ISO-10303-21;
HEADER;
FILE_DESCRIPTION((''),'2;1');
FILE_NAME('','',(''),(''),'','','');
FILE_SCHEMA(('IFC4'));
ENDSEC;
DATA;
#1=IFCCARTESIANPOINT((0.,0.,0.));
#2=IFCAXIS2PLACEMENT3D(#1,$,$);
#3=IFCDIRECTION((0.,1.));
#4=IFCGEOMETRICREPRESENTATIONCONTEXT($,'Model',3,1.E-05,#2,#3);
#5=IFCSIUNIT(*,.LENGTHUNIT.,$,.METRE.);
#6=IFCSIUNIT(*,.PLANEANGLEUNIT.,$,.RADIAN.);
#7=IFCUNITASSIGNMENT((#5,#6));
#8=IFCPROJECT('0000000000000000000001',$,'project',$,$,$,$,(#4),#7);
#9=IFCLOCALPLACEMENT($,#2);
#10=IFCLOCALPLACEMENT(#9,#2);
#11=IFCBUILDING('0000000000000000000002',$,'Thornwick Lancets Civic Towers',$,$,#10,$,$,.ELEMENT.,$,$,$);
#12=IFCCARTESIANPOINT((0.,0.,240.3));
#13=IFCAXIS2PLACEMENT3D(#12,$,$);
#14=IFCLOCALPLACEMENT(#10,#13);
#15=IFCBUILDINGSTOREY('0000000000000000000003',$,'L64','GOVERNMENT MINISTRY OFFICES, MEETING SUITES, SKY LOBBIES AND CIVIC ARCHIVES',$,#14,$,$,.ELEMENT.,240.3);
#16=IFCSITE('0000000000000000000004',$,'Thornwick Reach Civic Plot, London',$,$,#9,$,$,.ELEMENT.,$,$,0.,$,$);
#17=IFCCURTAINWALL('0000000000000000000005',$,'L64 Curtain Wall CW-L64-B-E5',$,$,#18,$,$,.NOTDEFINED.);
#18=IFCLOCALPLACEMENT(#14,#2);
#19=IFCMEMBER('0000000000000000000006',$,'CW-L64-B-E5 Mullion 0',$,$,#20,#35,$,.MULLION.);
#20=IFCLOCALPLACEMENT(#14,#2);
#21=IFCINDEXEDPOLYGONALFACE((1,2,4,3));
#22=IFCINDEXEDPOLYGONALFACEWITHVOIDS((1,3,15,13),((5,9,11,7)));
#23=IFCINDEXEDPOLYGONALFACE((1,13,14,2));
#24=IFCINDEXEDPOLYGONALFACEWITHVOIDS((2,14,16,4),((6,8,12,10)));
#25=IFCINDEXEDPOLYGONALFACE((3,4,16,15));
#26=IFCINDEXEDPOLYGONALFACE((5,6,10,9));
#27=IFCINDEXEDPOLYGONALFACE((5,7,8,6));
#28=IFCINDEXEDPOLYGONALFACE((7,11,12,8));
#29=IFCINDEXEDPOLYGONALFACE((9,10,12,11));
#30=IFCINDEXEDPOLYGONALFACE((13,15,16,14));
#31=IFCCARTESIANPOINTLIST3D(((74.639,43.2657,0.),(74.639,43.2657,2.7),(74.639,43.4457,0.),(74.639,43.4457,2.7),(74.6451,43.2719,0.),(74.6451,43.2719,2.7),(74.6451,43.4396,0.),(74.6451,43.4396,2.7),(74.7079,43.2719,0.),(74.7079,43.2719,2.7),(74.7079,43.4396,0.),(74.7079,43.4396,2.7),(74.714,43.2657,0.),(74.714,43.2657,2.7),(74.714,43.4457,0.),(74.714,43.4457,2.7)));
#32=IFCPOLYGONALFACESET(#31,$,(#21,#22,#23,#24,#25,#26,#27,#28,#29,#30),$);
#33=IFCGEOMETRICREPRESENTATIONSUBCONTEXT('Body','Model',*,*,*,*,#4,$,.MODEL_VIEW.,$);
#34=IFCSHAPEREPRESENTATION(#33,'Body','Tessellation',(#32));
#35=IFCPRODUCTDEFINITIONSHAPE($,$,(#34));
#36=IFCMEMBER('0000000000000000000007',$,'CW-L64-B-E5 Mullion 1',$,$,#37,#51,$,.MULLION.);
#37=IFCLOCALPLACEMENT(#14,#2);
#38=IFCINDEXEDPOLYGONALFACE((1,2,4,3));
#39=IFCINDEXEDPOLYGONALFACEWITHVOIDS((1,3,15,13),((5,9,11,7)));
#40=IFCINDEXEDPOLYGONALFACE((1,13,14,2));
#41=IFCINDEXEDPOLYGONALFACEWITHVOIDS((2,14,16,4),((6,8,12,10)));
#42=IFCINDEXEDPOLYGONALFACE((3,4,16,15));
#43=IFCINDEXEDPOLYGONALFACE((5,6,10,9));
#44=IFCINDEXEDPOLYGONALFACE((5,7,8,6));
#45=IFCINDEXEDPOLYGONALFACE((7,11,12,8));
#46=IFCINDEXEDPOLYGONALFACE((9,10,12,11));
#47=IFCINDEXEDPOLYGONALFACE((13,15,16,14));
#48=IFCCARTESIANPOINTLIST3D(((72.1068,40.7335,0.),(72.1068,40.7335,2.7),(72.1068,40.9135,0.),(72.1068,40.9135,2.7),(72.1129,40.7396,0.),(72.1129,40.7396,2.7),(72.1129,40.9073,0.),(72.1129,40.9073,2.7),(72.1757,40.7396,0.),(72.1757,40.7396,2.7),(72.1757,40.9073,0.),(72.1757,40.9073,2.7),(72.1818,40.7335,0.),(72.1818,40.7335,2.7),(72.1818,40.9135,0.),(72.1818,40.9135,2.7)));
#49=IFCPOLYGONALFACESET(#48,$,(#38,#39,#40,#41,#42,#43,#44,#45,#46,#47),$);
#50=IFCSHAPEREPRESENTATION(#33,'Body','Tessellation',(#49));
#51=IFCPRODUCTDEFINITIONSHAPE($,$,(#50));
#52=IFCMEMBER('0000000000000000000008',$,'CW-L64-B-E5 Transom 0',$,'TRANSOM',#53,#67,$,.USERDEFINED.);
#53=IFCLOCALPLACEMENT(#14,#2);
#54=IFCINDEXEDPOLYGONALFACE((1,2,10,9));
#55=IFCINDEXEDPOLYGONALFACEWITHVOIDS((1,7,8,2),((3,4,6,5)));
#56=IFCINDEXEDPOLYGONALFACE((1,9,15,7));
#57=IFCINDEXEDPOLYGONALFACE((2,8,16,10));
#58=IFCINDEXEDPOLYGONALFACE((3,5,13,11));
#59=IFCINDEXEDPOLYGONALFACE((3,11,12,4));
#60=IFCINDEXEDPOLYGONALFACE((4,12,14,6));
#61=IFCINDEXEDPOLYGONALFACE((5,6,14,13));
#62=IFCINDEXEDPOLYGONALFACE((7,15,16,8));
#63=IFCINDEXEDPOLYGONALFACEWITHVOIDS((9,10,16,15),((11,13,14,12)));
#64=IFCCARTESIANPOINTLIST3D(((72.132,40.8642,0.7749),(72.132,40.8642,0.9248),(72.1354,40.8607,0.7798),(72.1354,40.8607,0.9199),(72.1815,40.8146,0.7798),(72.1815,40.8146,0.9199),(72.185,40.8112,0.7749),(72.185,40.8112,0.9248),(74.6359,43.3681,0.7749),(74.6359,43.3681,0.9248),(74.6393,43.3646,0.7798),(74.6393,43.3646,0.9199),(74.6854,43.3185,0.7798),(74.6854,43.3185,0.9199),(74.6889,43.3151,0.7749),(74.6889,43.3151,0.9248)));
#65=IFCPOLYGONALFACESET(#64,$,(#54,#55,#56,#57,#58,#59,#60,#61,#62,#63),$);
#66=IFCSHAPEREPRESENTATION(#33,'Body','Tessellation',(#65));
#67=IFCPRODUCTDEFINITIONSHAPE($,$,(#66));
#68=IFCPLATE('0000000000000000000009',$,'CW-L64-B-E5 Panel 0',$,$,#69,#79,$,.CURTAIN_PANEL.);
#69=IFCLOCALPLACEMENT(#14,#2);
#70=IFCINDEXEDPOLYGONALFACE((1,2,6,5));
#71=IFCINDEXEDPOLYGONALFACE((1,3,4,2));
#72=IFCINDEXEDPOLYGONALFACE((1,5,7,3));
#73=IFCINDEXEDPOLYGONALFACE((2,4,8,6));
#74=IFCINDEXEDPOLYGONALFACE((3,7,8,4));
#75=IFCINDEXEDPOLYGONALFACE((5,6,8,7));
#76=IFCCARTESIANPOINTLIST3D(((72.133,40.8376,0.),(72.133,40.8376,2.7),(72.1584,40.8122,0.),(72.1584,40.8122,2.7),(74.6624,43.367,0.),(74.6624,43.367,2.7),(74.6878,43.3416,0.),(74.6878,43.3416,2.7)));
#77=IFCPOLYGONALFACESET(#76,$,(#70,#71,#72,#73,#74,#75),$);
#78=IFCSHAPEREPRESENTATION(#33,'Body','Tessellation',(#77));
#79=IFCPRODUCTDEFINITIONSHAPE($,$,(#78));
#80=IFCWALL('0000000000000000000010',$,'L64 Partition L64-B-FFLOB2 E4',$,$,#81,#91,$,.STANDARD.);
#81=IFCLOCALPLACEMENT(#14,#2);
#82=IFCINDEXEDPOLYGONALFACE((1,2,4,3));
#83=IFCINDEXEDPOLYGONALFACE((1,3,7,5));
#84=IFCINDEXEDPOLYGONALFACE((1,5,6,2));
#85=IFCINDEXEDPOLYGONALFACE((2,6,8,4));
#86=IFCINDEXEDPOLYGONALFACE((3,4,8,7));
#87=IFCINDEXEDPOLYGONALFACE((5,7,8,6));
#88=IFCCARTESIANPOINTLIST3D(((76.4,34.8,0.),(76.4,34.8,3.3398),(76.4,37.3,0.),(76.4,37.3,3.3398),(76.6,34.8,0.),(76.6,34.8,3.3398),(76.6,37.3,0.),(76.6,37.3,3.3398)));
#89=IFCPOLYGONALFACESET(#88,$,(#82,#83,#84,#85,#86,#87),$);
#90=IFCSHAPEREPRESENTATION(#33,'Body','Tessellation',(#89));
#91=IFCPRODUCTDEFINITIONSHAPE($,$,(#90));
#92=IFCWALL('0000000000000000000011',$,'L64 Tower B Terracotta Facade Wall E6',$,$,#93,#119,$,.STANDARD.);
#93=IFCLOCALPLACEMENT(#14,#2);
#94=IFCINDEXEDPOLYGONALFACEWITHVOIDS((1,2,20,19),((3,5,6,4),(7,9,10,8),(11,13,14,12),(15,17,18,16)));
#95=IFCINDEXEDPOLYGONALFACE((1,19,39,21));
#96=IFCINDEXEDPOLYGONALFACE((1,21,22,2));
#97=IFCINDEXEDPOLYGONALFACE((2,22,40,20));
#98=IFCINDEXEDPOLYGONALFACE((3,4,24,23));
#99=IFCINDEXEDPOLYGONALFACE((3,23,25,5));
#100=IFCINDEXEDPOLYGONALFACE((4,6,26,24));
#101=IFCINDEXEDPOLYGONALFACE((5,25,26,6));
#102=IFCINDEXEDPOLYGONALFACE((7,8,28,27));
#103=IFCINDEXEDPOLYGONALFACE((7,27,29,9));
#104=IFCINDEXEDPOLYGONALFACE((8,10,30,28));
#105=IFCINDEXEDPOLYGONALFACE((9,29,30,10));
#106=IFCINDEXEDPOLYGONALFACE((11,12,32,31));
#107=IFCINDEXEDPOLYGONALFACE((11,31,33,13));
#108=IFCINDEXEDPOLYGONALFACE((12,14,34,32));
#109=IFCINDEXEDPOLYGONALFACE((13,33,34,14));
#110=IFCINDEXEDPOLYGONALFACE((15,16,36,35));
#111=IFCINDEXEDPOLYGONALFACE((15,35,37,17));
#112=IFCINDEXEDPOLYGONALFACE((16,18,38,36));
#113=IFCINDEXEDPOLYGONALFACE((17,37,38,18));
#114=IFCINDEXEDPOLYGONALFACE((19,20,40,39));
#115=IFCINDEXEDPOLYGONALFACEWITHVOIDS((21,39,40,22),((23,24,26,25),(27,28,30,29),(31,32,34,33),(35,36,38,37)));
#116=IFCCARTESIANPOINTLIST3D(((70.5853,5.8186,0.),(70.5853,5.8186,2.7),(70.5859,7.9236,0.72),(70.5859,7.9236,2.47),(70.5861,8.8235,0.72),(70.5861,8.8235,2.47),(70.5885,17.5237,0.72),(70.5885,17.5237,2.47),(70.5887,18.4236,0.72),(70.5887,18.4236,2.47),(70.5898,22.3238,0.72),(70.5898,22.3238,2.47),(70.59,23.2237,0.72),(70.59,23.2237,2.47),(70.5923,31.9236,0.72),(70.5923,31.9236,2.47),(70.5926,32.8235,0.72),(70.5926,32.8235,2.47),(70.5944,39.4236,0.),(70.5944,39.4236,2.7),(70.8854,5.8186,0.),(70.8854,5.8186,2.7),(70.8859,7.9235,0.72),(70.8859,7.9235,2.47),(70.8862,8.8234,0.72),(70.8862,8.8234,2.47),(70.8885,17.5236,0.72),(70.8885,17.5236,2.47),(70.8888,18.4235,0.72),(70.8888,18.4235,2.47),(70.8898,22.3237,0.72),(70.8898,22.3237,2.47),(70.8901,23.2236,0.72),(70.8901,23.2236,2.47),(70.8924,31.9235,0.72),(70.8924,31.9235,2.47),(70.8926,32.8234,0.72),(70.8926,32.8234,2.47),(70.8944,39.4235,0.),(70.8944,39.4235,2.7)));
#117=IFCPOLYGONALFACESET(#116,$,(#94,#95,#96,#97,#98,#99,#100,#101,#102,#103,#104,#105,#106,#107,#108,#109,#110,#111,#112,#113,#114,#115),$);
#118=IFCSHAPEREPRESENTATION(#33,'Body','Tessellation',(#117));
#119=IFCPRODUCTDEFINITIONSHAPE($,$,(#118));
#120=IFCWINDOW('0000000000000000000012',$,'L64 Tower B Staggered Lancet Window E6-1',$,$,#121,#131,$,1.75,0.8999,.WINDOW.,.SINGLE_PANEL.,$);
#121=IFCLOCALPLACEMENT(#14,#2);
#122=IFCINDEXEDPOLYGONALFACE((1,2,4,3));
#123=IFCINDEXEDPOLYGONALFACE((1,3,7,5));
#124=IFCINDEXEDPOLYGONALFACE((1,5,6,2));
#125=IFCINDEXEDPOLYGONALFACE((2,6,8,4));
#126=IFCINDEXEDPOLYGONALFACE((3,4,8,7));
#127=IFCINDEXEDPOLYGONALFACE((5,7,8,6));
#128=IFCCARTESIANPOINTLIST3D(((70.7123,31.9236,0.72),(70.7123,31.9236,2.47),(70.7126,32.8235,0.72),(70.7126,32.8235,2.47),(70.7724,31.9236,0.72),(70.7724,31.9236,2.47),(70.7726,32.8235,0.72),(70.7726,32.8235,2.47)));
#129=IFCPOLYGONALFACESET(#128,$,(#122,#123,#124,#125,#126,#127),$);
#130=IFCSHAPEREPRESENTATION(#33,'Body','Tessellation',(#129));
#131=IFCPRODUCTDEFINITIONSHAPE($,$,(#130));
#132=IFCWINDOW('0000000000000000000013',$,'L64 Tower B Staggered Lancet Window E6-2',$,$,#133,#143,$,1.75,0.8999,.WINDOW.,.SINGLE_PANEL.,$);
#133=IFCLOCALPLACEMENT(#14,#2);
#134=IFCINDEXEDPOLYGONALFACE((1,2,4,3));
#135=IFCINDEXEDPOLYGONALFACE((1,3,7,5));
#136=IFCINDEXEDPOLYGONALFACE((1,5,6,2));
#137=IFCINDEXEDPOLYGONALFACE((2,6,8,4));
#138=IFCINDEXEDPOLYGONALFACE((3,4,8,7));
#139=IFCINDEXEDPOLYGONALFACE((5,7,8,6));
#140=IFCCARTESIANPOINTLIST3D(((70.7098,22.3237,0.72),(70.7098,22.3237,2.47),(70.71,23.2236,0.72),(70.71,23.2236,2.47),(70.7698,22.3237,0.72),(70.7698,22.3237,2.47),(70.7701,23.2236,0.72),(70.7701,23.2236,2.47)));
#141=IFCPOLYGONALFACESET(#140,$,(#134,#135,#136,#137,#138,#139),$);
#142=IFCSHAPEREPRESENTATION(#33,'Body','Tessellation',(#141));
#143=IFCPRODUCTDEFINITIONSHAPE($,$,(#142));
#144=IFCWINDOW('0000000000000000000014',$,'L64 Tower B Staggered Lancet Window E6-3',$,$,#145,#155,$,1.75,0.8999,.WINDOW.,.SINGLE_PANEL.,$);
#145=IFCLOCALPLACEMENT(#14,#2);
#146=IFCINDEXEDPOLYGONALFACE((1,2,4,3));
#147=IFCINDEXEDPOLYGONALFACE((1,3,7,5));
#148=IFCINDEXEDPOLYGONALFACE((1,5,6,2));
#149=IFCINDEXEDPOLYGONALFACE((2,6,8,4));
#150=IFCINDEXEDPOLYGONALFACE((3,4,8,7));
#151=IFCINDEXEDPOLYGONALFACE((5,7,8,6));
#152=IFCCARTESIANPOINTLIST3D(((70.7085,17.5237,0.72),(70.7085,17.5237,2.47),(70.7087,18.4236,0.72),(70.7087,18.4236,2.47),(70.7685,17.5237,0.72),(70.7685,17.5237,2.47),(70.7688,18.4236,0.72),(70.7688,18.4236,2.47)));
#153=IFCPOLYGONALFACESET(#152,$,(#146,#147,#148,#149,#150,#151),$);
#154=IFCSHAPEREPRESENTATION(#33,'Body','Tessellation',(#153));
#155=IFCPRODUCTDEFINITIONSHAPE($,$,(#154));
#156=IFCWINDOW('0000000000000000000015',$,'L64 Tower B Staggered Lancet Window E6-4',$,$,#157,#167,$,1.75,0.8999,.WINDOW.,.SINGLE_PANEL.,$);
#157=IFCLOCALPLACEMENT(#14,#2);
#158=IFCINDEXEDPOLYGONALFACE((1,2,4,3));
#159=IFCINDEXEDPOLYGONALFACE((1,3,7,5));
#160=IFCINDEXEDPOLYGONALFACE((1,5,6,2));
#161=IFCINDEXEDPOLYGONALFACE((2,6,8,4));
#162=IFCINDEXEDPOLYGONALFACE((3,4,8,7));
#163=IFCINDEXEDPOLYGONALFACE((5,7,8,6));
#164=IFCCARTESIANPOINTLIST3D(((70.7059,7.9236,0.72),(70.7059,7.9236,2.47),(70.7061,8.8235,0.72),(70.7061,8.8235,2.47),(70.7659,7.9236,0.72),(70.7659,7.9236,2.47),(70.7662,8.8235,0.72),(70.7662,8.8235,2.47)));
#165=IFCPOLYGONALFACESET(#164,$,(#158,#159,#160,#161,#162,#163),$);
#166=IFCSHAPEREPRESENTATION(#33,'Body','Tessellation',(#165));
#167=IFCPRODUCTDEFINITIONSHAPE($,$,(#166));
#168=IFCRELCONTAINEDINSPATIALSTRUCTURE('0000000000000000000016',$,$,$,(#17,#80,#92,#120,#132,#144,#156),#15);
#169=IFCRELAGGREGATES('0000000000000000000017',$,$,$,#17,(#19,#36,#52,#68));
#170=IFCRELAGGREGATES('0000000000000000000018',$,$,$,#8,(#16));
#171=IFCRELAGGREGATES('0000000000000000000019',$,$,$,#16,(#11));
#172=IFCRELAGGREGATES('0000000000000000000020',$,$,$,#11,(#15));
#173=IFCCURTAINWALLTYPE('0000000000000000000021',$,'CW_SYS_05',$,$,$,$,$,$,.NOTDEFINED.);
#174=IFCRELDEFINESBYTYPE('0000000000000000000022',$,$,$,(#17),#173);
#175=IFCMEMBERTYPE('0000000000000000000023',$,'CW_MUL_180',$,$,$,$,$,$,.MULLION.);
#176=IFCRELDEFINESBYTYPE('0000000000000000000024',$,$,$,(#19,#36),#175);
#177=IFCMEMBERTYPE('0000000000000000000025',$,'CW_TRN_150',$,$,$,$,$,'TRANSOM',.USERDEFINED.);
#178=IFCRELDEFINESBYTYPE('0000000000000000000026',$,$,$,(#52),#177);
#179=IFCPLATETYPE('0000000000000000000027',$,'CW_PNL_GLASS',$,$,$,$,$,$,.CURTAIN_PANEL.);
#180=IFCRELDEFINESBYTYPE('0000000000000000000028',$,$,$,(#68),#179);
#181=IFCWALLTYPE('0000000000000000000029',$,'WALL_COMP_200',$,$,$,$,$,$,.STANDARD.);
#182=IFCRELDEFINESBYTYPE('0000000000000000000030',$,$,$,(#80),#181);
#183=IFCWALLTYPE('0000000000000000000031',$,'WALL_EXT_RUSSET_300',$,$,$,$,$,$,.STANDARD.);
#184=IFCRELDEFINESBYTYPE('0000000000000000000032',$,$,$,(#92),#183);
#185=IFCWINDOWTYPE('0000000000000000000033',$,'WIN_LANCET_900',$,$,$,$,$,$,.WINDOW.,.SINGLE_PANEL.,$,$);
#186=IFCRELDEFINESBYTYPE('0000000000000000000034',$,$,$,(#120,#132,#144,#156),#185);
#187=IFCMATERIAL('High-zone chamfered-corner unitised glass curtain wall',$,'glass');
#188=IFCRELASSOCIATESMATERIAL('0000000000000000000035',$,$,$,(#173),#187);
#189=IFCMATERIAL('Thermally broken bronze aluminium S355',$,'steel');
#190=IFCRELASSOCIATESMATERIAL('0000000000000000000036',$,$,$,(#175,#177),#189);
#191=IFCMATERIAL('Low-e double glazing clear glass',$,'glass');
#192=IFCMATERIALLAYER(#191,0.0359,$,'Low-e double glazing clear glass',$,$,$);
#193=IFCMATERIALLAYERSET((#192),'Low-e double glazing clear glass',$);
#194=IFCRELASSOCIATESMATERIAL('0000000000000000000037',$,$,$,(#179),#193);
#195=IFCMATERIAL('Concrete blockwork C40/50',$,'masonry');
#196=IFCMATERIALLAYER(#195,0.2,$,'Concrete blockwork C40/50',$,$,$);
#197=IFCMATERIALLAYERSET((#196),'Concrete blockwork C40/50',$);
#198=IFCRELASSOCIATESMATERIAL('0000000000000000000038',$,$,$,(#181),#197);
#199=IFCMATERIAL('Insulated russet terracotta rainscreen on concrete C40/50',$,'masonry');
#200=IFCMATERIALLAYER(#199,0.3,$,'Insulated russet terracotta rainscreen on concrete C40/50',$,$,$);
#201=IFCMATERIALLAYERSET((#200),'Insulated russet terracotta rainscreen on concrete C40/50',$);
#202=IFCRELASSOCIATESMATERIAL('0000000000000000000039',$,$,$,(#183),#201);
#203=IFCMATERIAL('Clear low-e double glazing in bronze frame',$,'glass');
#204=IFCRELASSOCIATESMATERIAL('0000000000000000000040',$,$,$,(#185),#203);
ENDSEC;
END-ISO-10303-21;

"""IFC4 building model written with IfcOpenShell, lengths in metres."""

from ifc_helpers import new_model, si_unit, direction, frame, frame_2d, origin, origin_2d, place, context, subcontext, project, spatial, rectangle, hollow_rectangle, extrude, material, layer, layer_set, material_profile, profile_set, type_object, element, fill, aggregate, save


model = new_model("IFC4")

# Units and contexts
model_context = context("Model", 3, precision=1e-05, world=origin(), true_north=direction((0.0, 1.0)))
body_context = subcontext(model_context, "Body", "Model", "MODEL_VIEW")
ifc_project = project(units=[si_unit("LENGTHUNIT", "METRE"), si_unit("PLANEANGLEUNIT", "RADIAN")], contexts=[model_context])

# Site, building, storey
site_placement = place(None, origin())
site = spatial("IfcSite", under=ifc_project, at=site_placement, Name="Thornwick Reach Civic Plot, London", CompositionType="ELEMENT", RefElevation=0.0)
building_placement = place(site_placement, origin())
building = spatial("IfcBuilding", under=site, at=building_placement, Name="Thornwick Lancets Civic Towers", CompositionType="ELEMENT")
storey_placement = place(building_placement, frame((0.0, 0.0, 240.3)))
storey = spatial("IfcBuildingStorey", under=building, at=storey_placement, Name="L64", Description="GOVERNMENT MINISTRY OFFICES, MEETING SUITES, SKY LOBBIES AND CIVIC ARCHIVES", CompositionType="ELEMENT", Elevation=240.3)

# Curtain wall, members, plate
ifc_material_1 = material(Name="High-zone chamfered-corner unitised glass curtain wall", Category="glass")
curtain_wall_type = type_object("IfcCurtainWallType", Name="CW_SYS_05", PredefinedType="NOTDEFINED", material=ifc_material_1)
curtain_wall_placement = place(storey_placement, origin())
curtain_wall = element("IfcCurtainWall", 1, at=curtain_wall_placement, inside=storey, type_object=curtain_wall_type, Name="L64 Curtain Wall CW-L64-B-E5", PredefinedType="NOTDEFINED")
ifc_material_2 = material(Name="Thermally broken bronze aluminium S355", Category="steel")
ifc_material_profile_1 = material_profile(ifc_material_2, hollow_rectangle(XDim=0.075, YDim=0.1799, WallThickness=0.0061, at=origin_2d()), Name="RHS 180x75x6")
ifc_profile_set_1 = profile_set([ifc_material_profile_1], Name="Thermally broken bronze aluminium S355")
member_type_1 = type_object("IfcMemberType", Name="CW_MUL_180", PredefinedType="MULLION", material=ifc_profile_set_1)
member_1_placement = place(storey_placement, frame((74.6765, 43.3557, 0.0), z_axis=(0.0, 0.0, 1.0), x_axis=(1.0, 0.0, 0.0)))
member_1 = element("IfcMember", 2, at=member_1_placement, type_object=member_type_1, Name="CW-L64-B-E5 Mullion 0", PredefinedType="MULLION", context=body_context, shape_type="SweptSolid", body=[
    extrude(hollow_rectangle(XDim=0.075, YDim=0.1799, WallThickness=0.0061, at=origin_2d()), origin(), (0.0, 0.0, 1.0), 2.7),
])
member_2_placement = place(storey_placement, frame((72.1443, 40.8235, 0.0), z_axis=(0.0, 0.0, 1.0), x_axis=(1.0, 0.0, 0.0)))
member_2 = element("IfcMember", 3, at=member_2_placement, type_object=member_type_1, Name="CW-L64-B-E5 Mullion 1", PredefinedType="MULLION", context=body_context, shape_type="SweptSolid", body=[
    extrude(hollow_rectangle(XDim=0.075, YDim=0.1799, WallThickness=0.0061, at=origin_2d()), origin(), (0.0, 0.0, 1.0), 2.7),
])
ifc_material_profile_2 = material_profile(ifc_material_2, hollow_rectangle(XDim=0.075, YDim=0.1499, WallThickness=0.0049, at=origin_2d()), Name="RHS 150x75x5")
ifc_profile_set_2 = profile_set([ifc_material_profile_2], Name="Thermally broken bronze aluminium S355")
member_type_2 = type_object("IfcMemberType", Name="CW_TRN_150", ElementType="TRANSOM", PredefinedType="USERDEFINED", material=ifc_profile_set_2)
member_3_placement = place(storey_placement, frame((74.6624, 43.3416, 0.8499), z_axis=(-0.707107, -0.707107, 0.0), x_axis=(0.707107, -0.707107, 0.0)))
member_3 = element("IfcMember", 4, at=member_3_placement, type_object=member_type_2, Name="CW-L64-B-E5 Transom 0", ObjectType="TRANSOM", PredefinedType="USERDEFINED", context=body_context, shape_type="SweptSolid", body=[
    extrude(hollow_rectangle(XDim=0.075, YDim=0.1499, WallThickness=0.0049, at=origin_2d()), origin(), (0.0, 0.0, 1.0), 3.541),
])
ifc_material_3 = material(Name="Low-e double glazing clear glass", Category="glass")
ifc_layer_1 = layer(ifc_material_3, 0.0359, Name="Low-e double glazing clear glass")
ifc_layer_set_1 = layer_set([ifc_layer_1], Name="Low-e double glazing clear glass")
plate_type = type_object("IfcPlateType", Name="CW_PNL_GLASS", PredefinedType="CURTAIN_PANEL", material=ifc_layer_set_1)
plate_placement = place(storey_placement, frame((73.4104, 42.0896, 0.0), z_axis=(0.0, 0.0, 1.0), x_axis=(-0.707107, -0.707107, 0.0)))
plate = element("IfcPlate", 5, at=plate_placement, type_object=plate_type, Name="CW-L64-B-E5 Panel 0", PredefinedType="CURTAIN_PANEL", context=body_context, shape_type="SweptSolid", body=[
    extrude(rectangle(XDim=3.5771, YDim=0.0359, at=origin_2d()), origin(), (0.0, 0.0, 1.0), 2.7),
])
aggregate(curtain_wall, [member_1, member_2, member_3, plate])

# Wall
ifc_material_4 = material(Name="Concrete blockwork C40/50", Category="masonry")
ifc_layer_2 = layer(ifc_material_4, 0.2, Name="Concrete blockwork C40/50")
ifc_layer_set_2 = layer_set([ifc_layer_2], Name="Concrete blockwork C40/50")
wall_type_1 = type_object("IfcWallType", Name="WALL_COMP_200", PredefinedType="STANDARD", material=ifc_layer_set_2)
wall_1_placement = place(storey_placement, frame((76.5, 37.3, 0.0), z_axis=(0.0, 0.0, 1.0), x_axis=(0.0, -1.0, 0.0)))
element("IfcWall", 6, at=wall_1_placement, inside=storey, type_object=wall_type_1, Name="L64 Partition L64-B-FFLOB2 E4", PredefinedType="STANDARD", context=body_context, shape_type="SweptSolid", body=[
    extrude(rectangle(XDim=2.5, YDim=0.2, at=frame_2d((1.25, 0.0))), origin(), (0.0, 0.0, 1.0), 3.3398),
])

# Wall, openings, windows
ifc_material_5 = material(Name="Insulated russet terracotta rainscreen on concrete C40/50", Category="masonry")
ifc_layer_3 = layer(ifc_material_5, 0.3, Name="Insulated russet terracotta rainscreen on concrete C40/50")
ifc_layer_set_3 = layer_set([ifc_layer_3], Name="Insulated russet terracotta rainscreen on concrete C40/50")
wall_type_2 = type_object("IfcWallType", Name="WALL_EXT_RUSSET_300", PredefinedType="STANDARD", material=ifc_layer_set_3)
wall_2_placement = place(storey_placement, frame((70.7444, 39.4236, 0.0), z_axis=(0.0, 0.0, 1.0), x_axis=(-0.000269, -1.0, 0.0)))
wall_2 = element("IfcWall", 7, at=wall_2_placement, inside=storey, type_object=wall_type_2, Name="L64 Tower B Terracotta Facade Wall E6", PredefinedType="STANDARD", context=body_context, shape_type="SweptSolid", body=[
    extrude(rectangle(XDim=33.605, YDim=0.3, at=frame_2d((16.8025, 0.0))), origin(), (0.0, 0.0, 1.0), 2.7),
])
opening_1_placement = place(wall_2_placement, frame((6.6001, 0.0, 0.72)))
opening_1 = element("IfcOpeningElement", 8, at=opening_1_placement, cuts=wall_2, PredefinedType="OPENING", context=body_context, shape_type="SweptSolid", body=[
    extrude(rectangle(XDim=0.8999, YDim=1.75, at=frame_2d((0.45, 0.875))), frame((0.0, 0.1602, 0.0), z_axis=(0.0, -1.0, 0.0), x_axis=(1.0, 0.0, 0.0)), (0.0, 0.0, 1.0), 0.3201),
])
opening_2_placement = place(wall_2_placement, frame((16.2, 0.0, 0.72)))
opening_2 = element("IfcOpeningElement", 9, at=opening_2_placement, cuts=wall_2, PredefinedType="OPENING", context=body_context, shape_type="SweptSolid", body=[
    extrude(rectangle(XDim=0.8999, YDim=1.75, at=frame_2d((0.45, 0.875))), frame((0.0, 0.1602, 0.0), z_axis=(0.0, -1.0, 0.0), x_axis=(1.0, 0.0, 0.0)), (0.0, 0.0, 1.0), 0.3201),
])
opening_3_placement = place(wall_2_placement, frame((21.0, 0.0, 0.72)))
opening_3 = element("IfcOpeningElement", 10, at=opening_3_placement, cuts=wall_2, PredefinedType="OPENING", context=body_context, shape_type="SweptSolid", body=[
    extrude(rectangle(XDim=0.8999, YDim=1.75, at=frame_2d((0.45, 0.875))), frame((0.0, 0.1602, 0.0), z_axis=(0.0, -1.0, 0.0), x_axis=(1.0, 0.0, 0.0)), (0.0, 0.0, 1.0), 0.3201),
])
opening_4_placement = place(wall_2_placement, frame((30.6001, 0.0, 0.72)))
opening_4 = element("IfcOpeningElement", 11, at=opening_4_placement, cuts=wall_2, PredefinedType="OPENING", context=body_context, shape_type="SweptSolid", body=[
    extrude(rectangle(XDim=0.8999, YDim=1.75, at=frame_2d((0.45, 0.875))), frame((0.0, 0.1602, 0.0), z_axis=(0.0, -1.0, 0.0), x_axis=(1.0, 0.0, 0.0)), (0.0, 0.0, 1.0), 0.3201),
])
ifc_material_6 = material(Name="Clear low-e double glazing in bronze frame", Category="glass")
window_type = type_object("IfcWindowType", Name="WIN_LANCET_900", PartitioningType="SINGLE_PANEL", PredefinedType="WINDOW", material=ifc_material_6)
window_1_placement = place(opening_1_placement, origin())
window_1 = element("IfcWindow", 12, at=window_1_placement, inside=storey, type_object=window_type, Name="L64 Tower B Staggered Lancet Window E6-1", OverallHeight=1.75, OverallWidth=0.8999, PartitioningType="SINGLE_PANEL", PredefinedType="WINDOW", context=body_context, shape_type="SweptSolid", body=[
    extrude(rectangle(XDim=0.8999, YDim=1.75, at=frame_2d((0.45, 0.875))), frame((0.0, 0.03, 0.0), z_axis=(0.0, -1.0, 0.0), x_axis=(1.0, 0.0, 0.0)), (0.0, 0.0, 1.0), 0.0601),
])
fill(opening_1, window_1)
window_2_placement = place(opening_2_placement, origin())
window_2 = element("IfcWindow", 13, at=window_2_placement, inside=storey, type_object=window_type, Name="L64 Tower B Staggered Lancet Window E6-2", OverallHeight=1.75, OverallWidth=0.8999, PartitioningType="SINGLE_PANEL", PredefinedType="WINDOW", context=body_context, shape_type="SweptSolid", body=[
    extrude(rectangle(XDim=0.8999, YDim=1.75, at=frame_2d((0.45, 0.875))), frame((0.0, 0.03, 0.0), z_axis=(0.0, -1.0, 0.0), x_axis=(1.0, 0.0, 0.0)), (0.0, 0.0, 1.0), 0.0601),
])
fill(opening_2, window_2)
window_3_placement = place(opening_3_placement, origin())
window_3 = element("IfcWindow", 14, at=window_3_placement, inside=storey, type_object=window_type, Name="L64 Tower B Staggered Lancet Window E6-3", OverallHeight=1.75, OverallWidth=0.8999, PartitioningType="SINGLE_PANEL", PredefinedType="WINDOW", context=body_context, shape_type="SweptSolid", body=[
    extrude(rectangle(XDim=0.8999, YDim=1.75, at=frame_2d((0.45, 0.875))), frame((0.0, 0.03, 0.0), z_axis=(0.0, -1.0, 0.0), x_axis=(1.0, 0.0, 0.0)), (0.0, 0.0, 1.0), 0.0601),
])
fill(opening_3, window_3)
window_4_placement = place(opening_4_placement, origin())
window_4 = element("IfcWindow", 15, at=window_4_placement, inside=storey, type_object=window_type, Name="L64 Tower B Staggered Lancet Window E6-4", OverallHeight=1.75, OverallWidth=0.8999, PartitioningType="SINGLE_PANEL", PredefinedType="WINDOW", context=body_context, shape_type="SweptSolid", body=[
    extrude(rectangle(XDim=0.8999, YDim=1.75, at=frame_2d((0.45, 0.875))), frame((0.0, 0.03, 0.0), z_axis=(0.0, -1.0, 0.0), x_axis=(1.0, 0.0, 0.0)), (0.0, 0.0, 1.0), 0.0601),
])
fill(opening_4, window_4)

save(model, "model.ifc")
